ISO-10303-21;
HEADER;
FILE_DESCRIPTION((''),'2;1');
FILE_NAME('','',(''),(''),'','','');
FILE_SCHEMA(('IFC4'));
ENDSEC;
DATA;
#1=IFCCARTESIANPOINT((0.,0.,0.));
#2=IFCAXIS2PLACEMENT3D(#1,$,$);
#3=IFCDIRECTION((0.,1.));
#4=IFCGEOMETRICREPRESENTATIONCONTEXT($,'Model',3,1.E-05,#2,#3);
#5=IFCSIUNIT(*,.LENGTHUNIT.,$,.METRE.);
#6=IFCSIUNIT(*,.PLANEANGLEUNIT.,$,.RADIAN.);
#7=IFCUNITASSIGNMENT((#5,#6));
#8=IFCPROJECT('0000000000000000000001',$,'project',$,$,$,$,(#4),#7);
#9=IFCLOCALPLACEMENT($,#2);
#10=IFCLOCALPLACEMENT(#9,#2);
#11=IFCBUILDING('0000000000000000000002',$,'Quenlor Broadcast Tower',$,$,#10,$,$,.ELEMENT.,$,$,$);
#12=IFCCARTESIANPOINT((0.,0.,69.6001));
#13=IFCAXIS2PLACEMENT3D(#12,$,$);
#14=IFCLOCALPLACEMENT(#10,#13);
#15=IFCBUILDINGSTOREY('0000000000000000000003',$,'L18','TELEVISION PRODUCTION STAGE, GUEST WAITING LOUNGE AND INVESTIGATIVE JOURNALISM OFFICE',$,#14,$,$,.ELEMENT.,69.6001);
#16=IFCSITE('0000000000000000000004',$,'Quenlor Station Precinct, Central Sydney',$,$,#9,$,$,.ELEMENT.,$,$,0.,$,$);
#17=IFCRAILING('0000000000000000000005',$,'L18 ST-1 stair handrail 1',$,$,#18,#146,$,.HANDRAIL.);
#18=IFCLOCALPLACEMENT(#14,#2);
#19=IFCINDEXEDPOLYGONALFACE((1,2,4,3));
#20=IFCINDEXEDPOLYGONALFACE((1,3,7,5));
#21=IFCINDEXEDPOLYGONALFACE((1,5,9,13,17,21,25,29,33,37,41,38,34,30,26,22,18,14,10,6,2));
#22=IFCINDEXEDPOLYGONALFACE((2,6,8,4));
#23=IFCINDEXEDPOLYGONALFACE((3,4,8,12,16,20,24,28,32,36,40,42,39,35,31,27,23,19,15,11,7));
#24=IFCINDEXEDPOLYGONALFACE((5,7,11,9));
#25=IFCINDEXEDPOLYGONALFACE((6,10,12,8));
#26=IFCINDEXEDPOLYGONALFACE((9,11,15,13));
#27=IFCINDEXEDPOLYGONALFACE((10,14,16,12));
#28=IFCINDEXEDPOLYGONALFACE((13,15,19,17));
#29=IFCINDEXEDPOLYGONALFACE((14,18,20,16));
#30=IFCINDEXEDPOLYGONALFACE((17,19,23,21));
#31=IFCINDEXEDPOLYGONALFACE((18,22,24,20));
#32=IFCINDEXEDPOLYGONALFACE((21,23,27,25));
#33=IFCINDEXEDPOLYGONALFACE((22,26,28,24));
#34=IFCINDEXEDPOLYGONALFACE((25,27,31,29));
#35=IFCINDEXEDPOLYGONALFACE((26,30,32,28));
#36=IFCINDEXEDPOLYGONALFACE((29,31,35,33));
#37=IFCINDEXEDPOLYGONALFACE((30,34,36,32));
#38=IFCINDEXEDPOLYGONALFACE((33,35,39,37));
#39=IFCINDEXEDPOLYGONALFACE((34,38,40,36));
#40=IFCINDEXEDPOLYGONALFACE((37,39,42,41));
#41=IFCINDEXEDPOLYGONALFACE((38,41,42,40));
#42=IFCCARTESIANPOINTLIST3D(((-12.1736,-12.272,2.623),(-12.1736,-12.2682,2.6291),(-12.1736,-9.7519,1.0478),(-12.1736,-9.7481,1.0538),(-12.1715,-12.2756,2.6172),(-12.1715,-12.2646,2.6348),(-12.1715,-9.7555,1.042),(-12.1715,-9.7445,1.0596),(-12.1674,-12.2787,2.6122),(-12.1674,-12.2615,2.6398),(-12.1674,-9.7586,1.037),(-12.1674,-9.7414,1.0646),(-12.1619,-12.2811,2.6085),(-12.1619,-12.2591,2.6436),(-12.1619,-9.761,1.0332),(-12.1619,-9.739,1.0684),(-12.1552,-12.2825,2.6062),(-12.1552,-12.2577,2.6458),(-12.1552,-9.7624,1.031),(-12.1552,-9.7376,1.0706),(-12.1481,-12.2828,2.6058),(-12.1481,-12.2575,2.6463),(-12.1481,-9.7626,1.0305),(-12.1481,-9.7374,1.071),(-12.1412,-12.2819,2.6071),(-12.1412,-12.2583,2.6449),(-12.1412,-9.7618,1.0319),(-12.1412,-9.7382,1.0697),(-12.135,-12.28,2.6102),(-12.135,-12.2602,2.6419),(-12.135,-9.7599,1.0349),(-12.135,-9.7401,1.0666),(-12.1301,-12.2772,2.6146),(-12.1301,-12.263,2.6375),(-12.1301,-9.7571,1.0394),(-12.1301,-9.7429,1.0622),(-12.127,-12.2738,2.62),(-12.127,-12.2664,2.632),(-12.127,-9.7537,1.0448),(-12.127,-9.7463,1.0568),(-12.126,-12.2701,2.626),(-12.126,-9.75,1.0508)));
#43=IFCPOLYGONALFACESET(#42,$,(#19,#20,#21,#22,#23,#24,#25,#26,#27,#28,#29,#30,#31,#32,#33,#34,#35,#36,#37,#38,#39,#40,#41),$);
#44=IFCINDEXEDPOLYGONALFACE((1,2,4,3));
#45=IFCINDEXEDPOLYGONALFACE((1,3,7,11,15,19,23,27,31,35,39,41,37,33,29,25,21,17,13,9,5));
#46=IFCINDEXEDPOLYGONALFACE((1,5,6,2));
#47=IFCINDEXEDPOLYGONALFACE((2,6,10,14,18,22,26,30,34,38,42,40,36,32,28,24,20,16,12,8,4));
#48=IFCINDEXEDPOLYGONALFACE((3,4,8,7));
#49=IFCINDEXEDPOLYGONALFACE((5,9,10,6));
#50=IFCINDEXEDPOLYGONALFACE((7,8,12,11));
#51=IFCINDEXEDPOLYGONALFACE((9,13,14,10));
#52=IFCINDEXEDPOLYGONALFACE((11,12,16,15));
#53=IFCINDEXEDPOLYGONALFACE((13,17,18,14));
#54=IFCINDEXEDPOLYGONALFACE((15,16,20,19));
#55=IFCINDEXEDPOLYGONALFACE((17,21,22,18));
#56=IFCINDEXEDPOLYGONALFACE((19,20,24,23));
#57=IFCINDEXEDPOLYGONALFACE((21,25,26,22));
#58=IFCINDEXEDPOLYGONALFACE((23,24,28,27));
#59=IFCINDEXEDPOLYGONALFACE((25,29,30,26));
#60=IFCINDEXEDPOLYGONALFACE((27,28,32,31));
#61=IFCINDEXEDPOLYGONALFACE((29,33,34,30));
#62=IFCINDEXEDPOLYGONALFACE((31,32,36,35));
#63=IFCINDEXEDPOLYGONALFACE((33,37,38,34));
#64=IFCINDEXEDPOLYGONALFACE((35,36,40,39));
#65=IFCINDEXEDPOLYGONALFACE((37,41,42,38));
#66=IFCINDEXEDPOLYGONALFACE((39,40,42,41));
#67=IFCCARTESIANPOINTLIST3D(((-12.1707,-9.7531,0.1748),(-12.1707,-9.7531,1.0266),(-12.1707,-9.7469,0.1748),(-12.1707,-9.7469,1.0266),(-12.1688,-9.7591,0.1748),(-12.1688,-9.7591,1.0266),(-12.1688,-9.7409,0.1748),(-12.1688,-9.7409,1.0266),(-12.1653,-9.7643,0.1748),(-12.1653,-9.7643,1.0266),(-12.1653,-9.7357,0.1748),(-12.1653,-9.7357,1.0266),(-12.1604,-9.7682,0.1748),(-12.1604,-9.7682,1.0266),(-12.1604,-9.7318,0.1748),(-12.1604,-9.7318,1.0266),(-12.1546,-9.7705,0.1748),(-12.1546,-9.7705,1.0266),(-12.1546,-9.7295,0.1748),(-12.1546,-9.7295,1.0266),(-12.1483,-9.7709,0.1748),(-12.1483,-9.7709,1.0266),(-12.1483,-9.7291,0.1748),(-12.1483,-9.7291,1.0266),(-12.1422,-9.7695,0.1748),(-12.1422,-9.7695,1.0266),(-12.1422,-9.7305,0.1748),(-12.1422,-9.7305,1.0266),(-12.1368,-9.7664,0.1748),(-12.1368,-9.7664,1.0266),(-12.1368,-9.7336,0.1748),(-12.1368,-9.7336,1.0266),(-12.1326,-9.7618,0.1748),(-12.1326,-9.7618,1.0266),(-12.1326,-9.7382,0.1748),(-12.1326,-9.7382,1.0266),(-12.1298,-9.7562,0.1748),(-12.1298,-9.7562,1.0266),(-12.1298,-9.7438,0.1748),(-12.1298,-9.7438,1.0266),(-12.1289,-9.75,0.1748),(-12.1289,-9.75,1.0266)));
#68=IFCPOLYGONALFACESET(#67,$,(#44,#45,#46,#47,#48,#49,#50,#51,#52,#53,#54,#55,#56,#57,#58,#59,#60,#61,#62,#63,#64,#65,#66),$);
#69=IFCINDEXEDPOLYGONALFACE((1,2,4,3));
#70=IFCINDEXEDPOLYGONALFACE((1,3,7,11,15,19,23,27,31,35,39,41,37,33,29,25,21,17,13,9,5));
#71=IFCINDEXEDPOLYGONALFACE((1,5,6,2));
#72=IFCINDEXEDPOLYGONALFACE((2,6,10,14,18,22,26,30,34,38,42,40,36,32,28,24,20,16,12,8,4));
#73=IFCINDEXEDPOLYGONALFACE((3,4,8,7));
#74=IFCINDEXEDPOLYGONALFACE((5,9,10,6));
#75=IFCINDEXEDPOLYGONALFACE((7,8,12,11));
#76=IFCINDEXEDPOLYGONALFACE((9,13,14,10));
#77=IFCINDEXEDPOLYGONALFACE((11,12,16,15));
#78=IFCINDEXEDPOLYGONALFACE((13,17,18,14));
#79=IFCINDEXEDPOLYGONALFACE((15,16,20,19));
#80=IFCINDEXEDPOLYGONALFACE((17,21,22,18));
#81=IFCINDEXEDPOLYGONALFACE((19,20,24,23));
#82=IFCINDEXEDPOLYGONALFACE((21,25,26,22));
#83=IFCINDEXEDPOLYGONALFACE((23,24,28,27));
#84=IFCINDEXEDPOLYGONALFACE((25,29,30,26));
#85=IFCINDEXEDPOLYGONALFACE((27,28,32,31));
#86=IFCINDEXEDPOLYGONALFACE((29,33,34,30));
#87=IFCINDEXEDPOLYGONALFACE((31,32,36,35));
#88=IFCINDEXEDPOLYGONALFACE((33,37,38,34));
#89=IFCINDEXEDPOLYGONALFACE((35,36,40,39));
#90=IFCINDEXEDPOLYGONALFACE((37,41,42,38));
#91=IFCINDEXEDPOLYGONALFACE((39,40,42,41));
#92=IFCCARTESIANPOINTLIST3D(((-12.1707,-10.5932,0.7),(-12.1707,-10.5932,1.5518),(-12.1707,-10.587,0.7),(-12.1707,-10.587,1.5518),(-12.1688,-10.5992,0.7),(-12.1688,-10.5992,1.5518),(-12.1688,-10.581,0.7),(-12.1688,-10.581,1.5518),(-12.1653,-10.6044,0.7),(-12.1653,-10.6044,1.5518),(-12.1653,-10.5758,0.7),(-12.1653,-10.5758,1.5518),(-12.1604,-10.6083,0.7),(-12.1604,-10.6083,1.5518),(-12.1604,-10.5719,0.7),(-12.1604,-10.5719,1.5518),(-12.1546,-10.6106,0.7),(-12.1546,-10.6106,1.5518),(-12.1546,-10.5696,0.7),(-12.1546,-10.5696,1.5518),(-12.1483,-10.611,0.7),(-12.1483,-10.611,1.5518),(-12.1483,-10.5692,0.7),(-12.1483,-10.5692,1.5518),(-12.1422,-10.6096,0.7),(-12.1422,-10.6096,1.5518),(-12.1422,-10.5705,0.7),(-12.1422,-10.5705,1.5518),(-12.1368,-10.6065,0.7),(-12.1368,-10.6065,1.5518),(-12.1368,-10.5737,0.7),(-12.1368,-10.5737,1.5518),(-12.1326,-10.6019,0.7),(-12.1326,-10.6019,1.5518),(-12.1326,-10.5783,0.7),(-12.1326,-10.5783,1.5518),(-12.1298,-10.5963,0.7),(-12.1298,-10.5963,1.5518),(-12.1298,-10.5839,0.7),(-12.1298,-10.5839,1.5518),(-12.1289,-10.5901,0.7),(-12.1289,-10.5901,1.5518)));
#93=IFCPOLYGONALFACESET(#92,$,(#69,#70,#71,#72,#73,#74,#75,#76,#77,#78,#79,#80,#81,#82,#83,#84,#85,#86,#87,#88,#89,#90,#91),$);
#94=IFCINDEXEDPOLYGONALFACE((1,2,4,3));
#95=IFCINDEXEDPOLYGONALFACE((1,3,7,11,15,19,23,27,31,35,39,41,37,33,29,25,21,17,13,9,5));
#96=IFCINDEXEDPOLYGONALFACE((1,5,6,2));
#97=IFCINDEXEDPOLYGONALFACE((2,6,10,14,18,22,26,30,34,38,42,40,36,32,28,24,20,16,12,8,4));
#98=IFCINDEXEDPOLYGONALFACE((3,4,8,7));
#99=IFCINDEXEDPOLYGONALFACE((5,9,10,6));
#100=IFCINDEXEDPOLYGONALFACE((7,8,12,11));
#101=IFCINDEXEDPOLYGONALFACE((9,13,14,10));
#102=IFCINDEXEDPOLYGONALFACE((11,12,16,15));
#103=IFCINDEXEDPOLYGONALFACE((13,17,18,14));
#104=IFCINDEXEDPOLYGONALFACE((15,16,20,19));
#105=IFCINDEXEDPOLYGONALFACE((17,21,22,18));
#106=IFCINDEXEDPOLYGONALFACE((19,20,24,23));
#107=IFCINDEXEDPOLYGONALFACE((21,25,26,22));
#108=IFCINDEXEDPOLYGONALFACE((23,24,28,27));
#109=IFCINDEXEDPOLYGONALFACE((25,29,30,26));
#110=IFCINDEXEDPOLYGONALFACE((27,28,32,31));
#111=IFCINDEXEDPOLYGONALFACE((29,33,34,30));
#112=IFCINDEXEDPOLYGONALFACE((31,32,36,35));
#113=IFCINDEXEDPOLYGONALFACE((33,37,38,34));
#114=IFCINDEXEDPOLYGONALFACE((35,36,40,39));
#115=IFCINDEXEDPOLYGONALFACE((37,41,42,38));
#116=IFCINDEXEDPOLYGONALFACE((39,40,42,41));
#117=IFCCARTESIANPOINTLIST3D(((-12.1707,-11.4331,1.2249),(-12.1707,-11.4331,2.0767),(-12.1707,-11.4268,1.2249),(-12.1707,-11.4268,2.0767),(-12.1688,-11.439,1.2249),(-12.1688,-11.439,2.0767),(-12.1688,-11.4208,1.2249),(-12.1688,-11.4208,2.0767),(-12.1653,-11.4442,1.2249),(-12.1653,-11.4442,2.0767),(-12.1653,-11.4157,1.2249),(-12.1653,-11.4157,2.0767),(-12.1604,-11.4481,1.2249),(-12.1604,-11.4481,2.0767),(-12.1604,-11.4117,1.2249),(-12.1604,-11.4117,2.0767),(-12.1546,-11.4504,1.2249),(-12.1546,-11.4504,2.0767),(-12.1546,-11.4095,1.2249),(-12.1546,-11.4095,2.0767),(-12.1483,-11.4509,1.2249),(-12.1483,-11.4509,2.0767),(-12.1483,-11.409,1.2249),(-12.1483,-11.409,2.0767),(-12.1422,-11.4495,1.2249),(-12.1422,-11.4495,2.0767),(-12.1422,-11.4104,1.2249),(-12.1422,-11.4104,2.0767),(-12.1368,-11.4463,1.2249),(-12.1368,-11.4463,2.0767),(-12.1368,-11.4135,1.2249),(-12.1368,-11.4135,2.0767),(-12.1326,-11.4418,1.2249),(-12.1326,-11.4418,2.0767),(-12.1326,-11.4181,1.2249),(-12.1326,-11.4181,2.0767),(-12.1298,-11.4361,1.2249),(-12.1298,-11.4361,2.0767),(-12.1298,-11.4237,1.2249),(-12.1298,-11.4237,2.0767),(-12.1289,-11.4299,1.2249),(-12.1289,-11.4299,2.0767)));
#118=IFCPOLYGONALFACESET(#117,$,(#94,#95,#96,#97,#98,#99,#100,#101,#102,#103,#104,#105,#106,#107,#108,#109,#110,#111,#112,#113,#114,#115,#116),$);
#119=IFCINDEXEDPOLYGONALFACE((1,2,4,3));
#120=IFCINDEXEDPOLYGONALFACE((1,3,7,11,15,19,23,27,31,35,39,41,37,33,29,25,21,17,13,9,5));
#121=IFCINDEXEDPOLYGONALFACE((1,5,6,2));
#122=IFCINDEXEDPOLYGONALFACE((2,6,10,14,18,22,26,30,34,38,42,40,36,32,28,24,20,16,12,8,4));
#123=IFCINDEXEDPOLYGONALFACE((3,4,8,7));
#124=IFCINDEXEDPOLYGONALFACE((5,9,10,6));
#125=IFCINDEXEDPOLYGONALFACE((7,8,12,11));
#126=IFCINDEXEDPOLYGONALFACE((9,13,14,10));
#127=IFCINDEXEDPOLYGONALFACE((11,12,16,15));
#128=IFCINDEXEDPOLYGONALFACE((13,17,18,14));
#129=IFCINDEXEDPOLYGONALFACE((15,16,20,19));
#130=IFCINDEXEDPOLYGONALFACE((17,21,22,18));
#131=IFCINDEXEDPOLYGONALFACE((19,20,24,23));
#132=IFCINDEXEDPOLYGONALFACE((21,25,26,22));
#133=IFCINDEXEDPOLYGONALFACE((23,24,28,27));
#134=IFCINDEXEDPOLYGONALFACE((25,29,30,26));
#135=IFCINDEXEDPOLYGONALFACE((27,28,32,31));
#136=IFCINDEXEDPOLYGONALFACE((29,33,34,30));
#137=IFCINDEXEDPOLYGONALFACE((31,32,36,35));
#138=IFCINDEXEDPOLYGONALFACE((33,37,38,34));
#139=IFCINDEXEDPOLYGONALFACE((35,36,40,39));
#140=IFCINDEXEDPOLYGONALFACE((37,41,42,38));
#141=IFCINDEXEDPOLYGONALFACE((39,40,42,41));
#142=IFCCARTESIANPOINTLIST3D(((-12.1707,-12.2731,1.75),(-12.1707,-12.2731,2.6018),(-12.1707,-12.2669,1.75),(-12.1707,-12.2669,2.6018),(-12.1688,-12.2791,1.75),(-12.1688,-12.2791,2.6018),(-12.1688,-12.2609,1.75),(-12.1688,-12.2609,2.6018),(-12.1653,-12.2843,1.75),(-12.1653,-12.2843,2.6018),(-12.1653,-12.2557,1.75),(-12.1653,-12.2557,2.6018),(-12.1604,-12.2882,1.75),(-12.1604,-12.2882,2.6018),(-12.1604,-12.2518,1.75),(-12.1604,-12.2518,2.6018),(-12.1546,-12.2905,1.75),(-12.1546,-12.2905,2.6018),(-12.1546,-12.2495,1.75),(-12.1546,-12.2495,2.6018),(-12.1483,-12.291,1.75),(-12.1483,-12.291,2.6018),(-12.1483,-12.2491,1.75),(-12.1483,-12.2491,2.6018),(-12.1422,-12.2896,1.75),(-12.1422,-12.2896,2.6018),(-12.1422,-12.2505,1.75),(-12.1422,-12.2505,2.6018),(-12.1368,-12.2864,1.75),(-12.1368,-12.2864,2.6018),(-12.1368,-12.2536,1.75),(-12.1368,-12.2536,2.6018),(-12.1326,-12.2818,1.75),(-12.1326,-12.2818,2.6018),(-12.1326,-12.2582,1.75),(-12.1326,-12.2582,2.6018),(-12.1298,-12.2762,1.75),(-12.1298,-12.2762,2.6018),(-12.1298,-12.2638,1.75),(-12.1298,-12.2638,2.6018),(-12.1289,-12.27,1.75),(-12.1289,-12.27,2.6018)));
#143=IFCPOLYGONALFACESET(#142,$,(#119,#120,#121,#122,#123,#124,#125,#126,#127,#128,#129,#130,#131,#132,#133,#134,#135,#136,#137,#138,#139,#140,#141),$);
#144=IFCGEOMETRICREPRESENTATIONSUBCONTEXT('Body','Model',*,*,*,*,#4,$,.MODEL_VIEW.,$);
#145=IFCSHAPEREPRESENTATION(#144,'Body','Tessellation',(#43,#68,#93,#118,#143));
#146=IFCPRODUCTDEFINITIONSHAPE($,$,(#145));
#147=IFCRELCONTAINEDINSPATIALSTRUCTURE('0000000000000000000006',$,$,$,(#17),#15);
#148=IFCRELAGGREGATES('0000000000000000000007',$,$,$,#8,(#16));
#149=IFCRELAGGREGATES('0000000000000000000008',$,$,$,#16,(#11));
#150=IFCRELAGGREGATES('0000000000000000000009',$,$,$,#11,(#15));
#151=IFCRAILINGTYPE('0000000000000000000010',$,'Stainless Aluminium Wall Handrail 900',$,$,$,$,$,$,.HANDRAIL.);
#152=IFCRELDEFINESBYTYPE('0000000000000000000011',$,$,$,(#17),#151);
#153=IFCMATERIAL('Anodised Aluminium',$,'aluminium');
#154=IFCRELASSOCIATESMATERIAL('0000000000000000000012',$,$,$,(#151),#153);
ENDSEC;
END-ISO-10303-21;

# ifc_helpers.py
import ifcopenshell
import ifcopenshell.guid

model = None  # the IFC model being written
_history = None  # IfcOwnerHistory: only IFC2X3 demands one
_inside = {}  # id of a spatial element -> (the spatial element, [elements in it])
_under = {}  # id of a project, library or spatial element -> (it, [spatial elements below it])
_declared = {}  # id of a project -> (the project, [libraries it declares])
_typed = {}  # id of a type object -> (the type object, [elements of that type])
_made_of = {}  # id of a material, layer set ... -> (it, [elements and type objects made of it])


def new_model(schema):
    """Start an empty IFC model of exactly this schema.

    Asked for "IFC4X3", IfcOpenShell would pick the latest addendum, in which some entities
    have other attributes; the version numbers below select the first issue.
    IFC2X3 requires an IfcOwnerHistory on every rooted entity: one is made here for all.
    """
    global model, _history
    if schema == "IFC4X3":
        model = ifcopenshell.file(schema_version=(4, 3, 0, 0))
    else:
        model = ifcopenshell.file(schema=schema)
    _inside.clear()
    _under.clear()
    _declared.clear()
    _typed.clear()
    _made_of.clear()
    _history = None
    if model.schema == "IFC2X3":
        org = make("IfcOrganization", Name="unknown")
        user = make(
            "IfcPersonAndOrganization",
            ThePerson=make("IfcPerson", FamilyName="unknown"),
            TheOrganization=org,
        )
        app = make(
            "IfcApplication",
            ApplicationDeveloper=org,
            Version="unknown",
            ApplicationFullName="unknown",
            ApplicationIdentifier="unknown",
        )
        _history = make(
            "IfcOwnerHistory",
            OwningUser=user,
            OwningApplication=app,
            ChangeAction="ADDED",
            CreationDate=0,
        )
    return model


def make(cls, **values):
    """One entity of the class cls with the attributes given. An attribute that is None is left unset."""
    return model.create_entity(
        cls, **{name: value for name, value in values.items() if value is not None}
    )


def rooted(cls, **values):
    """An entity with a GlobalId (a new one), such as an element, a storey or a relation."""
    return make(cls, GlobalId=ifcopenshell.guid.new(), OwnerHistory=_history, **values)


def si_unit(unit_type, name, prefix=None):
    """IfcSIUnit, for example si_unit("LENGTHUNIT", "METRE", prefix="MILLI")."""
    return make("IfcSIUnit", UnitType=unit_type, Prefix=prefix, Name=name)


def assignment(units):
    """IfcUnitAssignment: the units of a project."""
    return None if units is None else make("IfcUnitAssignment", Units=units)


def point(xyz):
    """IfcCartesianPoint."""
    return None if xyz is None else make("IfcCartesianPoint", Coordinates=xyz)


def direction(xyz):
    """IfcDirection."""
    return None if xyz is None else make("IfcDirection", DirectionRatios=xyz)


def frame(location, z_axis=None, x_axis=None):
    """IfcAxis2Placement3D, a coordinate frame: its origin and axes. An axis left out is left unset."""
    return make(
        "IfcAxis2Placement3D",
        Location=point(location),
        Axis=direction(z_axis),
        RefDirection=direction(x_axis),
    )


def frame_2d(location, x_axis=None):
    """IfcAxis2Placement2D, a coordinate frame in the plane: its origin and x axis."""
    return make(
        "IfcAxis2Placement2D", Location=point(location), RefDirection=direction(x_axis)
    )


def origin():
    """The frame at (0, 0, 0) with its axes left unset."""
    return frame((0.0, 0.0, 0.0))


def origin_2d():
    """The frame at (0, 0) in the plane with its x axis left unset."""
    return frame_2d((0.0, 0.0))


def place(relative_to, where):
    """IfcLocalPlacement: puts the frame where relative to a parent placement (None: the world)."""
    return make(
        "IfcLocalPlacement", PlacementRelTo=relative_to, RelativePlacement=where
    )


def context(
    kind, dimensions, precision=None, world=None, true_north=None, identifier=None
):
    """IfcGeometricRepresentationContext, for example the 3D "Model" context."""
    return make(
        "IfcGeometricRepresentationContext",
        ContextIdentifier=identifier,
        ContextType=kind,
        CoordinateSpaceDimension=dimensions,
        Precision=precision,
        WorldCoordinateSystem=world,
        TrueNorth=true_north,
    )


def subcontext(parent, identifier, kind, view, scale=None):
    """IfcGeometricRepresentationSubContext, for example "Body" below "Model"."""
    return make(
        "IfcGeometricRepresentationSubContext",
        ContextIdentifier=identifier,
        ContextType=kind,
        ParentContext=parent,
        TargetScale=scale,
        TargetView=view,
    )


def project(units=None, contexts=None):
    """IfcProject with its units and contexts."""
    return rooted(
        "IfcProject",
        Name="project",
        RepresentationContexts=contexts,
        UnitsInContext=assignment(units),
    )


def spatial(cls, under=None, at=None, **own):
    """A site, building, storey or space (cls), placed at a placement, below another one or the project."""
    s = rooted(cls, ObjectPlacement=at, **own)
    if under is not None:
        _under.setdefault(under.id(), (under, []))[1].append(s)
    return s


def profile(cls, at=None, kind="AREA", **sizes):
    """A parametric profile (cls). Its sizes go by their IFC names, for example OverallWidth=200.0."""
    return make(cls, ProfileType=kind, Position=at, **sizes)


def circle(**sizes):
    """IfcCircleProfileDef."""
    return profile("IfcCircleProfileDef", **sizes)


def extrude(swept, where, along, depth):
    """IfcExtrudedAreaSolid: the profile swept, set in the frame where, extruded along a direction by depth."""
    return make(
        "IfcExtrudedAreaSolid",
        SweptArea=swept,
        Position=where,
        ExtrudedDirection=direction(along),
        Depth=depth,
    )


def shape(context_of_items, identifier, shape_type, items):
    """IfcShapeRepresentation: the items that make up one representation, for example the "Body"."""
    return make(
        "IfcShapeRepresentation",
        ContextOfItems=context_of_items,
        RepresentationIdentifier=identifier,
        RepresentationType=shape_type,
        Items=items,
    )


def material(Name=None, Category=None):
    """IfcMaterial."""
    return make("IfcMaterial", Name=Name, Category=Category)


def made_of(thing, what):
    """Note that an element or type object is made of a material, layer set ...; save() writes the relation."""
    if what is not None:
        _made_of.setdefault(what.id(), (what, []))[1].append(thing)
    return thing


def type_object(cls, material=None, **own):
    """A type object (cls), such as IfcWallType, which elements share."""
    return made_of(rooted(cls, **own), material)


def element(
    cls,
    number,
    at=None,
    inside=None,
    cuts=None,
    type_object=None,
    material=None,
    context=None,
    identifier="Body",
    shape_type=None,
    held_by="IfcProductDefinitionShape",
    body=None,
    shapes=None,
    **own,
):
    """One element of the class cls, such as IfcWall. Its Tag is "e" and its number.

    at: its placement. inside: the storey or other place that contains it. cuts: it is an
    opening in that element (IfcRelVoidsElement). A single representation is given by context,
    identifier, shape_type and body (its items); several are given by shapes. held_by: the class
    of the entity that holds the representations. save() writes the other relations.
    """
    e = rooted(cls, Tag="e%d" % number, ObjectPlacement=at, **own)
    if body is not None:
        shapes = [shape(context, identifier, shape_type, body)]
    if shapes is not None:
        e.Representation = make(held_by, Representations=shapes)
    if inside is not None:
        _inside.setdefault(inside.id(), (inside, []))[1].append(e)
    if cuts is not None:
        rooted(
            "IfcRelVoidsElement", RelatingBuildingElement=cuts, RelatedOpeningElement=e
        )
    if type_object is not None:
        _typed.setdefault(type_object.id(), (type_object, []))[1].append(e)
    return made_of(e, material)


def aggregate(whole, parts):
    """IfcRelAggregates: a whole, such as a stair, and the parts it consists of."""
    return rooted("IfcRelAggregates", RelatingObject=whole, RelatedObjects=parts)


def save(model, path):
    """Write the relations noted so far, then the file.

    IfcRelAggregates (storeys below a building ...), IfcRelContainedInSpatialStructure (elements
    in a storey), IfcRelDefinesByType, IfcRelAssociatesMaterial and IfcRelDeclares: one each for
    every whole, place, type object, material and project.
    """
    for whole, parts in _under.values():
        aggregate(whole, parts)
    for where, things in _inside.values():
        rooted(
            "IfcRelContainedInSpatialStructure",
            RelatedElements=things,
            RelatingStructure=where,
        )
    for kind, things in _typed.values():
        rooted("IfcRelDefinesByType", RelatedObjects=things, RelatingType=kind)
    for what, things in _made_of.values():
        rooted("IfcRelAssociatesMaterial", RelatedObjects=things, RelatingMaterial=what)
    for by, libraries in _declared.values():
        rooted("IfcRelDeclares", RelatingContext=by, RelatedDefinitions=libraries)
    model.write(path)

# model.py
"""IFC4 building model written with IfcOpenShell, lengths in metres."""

from ifc_helpers import new_model, si_unit, direction, frame, origin, origin_2d, place, context, subcontext, project, spatial, circle, extrude, material, type_object, element, save


model = new_model("IFC4")

# Units and contexts
model_context = context("Model", 3, precision=1e-05, world=origin(), true_north=direction((0.0, 1.0)))
body_context = subcontext(model_context, "Body", "Model", "MODEL_VIEW")
ifc_project = project(units=[si_unit("LENGTHUNIT", "METRE"), si_unit("PLANEANGLEUNIT", "RADIAN")], contexts=[model_context])

# Site, building, storey
site_placement = place(None, origin())
site = spatial("IfcSite", under=ifc_project, at=site_placement, Name="Quenlor Station Precinct, Central Sydney", CompositionType="ELEMENT", RefElevation=0.0)
building_placement = place(site_placement, origin())
building = spatial("IfcBuilding", under=site, at=building_placement, Name="Quenlor Broadcast Tower", CompositionType="ELEMENT")
storey_placement = place(building_placement, frame((0.0, 0.0, 69.6001)))
storey = spatial("IfcBuildingStorey", under=building, at=storey_placement, Name="L18", Description="TELEVISION PRODUCTION STAGE, GUEST WAITING LOUNGE AND INVESTIGATIVE JOURNALISM OFFICE", CompositionType="ELEMENT", Elevation=69.6001)

# Railing
ifc_material_1 = material(Name="Anodised Aluminium", Category="aluminium")
railing_type = type_object("IfcRailingType", Name="Stainless Aluminium Wall Handrail 900", PredefinedType="HANDRAIL", material=ifc_material_1)
railing_placement = place(storey_placement, frame((-12.1499, -9.75, 0.1748)))
element("IfcRailing", 1, at=railing_placement, inside=storey, type_object=railing_type, Name="L18 ST-1 stair handrail 1", PredefinedType="HANDRAIL", context=body_context, shape_type="SweptSolid", body=[
    extrude(circle(Radius=0.0239, at=origin_2d()), frame((0.0, 0.0, 0.876), z_axis=(0.0, -0.847971, 0.530043), x_axis=(1.0, 0.0, 0.0)), (0.0, 0.0, 1.0), 2.9719),
    extrude(circle(Radius=0.021, at=origin_2d()), origin(), (0.0, 0.0, 1.0), 0.8518),
    extrude(circle(Radius=0.021, at=origin_2d()), frame((0.0, -0.8401, 0.5251)), (0.0, 0.0, 1.0), 0.8518),
    extrude(circle(Radius=0.021, at=origin_2d()), frame((0.0, -1.6799, 1.05)), (0.0, 0.0, 1.0), 0.8518),
    extrude(circle(Radius=0.021, at=origin_2d()), frame((0.0, -2.52, 1.5752)), (0.0, 0.0, 1.0), 0.8518),
])

save(model, "model.ifc")
